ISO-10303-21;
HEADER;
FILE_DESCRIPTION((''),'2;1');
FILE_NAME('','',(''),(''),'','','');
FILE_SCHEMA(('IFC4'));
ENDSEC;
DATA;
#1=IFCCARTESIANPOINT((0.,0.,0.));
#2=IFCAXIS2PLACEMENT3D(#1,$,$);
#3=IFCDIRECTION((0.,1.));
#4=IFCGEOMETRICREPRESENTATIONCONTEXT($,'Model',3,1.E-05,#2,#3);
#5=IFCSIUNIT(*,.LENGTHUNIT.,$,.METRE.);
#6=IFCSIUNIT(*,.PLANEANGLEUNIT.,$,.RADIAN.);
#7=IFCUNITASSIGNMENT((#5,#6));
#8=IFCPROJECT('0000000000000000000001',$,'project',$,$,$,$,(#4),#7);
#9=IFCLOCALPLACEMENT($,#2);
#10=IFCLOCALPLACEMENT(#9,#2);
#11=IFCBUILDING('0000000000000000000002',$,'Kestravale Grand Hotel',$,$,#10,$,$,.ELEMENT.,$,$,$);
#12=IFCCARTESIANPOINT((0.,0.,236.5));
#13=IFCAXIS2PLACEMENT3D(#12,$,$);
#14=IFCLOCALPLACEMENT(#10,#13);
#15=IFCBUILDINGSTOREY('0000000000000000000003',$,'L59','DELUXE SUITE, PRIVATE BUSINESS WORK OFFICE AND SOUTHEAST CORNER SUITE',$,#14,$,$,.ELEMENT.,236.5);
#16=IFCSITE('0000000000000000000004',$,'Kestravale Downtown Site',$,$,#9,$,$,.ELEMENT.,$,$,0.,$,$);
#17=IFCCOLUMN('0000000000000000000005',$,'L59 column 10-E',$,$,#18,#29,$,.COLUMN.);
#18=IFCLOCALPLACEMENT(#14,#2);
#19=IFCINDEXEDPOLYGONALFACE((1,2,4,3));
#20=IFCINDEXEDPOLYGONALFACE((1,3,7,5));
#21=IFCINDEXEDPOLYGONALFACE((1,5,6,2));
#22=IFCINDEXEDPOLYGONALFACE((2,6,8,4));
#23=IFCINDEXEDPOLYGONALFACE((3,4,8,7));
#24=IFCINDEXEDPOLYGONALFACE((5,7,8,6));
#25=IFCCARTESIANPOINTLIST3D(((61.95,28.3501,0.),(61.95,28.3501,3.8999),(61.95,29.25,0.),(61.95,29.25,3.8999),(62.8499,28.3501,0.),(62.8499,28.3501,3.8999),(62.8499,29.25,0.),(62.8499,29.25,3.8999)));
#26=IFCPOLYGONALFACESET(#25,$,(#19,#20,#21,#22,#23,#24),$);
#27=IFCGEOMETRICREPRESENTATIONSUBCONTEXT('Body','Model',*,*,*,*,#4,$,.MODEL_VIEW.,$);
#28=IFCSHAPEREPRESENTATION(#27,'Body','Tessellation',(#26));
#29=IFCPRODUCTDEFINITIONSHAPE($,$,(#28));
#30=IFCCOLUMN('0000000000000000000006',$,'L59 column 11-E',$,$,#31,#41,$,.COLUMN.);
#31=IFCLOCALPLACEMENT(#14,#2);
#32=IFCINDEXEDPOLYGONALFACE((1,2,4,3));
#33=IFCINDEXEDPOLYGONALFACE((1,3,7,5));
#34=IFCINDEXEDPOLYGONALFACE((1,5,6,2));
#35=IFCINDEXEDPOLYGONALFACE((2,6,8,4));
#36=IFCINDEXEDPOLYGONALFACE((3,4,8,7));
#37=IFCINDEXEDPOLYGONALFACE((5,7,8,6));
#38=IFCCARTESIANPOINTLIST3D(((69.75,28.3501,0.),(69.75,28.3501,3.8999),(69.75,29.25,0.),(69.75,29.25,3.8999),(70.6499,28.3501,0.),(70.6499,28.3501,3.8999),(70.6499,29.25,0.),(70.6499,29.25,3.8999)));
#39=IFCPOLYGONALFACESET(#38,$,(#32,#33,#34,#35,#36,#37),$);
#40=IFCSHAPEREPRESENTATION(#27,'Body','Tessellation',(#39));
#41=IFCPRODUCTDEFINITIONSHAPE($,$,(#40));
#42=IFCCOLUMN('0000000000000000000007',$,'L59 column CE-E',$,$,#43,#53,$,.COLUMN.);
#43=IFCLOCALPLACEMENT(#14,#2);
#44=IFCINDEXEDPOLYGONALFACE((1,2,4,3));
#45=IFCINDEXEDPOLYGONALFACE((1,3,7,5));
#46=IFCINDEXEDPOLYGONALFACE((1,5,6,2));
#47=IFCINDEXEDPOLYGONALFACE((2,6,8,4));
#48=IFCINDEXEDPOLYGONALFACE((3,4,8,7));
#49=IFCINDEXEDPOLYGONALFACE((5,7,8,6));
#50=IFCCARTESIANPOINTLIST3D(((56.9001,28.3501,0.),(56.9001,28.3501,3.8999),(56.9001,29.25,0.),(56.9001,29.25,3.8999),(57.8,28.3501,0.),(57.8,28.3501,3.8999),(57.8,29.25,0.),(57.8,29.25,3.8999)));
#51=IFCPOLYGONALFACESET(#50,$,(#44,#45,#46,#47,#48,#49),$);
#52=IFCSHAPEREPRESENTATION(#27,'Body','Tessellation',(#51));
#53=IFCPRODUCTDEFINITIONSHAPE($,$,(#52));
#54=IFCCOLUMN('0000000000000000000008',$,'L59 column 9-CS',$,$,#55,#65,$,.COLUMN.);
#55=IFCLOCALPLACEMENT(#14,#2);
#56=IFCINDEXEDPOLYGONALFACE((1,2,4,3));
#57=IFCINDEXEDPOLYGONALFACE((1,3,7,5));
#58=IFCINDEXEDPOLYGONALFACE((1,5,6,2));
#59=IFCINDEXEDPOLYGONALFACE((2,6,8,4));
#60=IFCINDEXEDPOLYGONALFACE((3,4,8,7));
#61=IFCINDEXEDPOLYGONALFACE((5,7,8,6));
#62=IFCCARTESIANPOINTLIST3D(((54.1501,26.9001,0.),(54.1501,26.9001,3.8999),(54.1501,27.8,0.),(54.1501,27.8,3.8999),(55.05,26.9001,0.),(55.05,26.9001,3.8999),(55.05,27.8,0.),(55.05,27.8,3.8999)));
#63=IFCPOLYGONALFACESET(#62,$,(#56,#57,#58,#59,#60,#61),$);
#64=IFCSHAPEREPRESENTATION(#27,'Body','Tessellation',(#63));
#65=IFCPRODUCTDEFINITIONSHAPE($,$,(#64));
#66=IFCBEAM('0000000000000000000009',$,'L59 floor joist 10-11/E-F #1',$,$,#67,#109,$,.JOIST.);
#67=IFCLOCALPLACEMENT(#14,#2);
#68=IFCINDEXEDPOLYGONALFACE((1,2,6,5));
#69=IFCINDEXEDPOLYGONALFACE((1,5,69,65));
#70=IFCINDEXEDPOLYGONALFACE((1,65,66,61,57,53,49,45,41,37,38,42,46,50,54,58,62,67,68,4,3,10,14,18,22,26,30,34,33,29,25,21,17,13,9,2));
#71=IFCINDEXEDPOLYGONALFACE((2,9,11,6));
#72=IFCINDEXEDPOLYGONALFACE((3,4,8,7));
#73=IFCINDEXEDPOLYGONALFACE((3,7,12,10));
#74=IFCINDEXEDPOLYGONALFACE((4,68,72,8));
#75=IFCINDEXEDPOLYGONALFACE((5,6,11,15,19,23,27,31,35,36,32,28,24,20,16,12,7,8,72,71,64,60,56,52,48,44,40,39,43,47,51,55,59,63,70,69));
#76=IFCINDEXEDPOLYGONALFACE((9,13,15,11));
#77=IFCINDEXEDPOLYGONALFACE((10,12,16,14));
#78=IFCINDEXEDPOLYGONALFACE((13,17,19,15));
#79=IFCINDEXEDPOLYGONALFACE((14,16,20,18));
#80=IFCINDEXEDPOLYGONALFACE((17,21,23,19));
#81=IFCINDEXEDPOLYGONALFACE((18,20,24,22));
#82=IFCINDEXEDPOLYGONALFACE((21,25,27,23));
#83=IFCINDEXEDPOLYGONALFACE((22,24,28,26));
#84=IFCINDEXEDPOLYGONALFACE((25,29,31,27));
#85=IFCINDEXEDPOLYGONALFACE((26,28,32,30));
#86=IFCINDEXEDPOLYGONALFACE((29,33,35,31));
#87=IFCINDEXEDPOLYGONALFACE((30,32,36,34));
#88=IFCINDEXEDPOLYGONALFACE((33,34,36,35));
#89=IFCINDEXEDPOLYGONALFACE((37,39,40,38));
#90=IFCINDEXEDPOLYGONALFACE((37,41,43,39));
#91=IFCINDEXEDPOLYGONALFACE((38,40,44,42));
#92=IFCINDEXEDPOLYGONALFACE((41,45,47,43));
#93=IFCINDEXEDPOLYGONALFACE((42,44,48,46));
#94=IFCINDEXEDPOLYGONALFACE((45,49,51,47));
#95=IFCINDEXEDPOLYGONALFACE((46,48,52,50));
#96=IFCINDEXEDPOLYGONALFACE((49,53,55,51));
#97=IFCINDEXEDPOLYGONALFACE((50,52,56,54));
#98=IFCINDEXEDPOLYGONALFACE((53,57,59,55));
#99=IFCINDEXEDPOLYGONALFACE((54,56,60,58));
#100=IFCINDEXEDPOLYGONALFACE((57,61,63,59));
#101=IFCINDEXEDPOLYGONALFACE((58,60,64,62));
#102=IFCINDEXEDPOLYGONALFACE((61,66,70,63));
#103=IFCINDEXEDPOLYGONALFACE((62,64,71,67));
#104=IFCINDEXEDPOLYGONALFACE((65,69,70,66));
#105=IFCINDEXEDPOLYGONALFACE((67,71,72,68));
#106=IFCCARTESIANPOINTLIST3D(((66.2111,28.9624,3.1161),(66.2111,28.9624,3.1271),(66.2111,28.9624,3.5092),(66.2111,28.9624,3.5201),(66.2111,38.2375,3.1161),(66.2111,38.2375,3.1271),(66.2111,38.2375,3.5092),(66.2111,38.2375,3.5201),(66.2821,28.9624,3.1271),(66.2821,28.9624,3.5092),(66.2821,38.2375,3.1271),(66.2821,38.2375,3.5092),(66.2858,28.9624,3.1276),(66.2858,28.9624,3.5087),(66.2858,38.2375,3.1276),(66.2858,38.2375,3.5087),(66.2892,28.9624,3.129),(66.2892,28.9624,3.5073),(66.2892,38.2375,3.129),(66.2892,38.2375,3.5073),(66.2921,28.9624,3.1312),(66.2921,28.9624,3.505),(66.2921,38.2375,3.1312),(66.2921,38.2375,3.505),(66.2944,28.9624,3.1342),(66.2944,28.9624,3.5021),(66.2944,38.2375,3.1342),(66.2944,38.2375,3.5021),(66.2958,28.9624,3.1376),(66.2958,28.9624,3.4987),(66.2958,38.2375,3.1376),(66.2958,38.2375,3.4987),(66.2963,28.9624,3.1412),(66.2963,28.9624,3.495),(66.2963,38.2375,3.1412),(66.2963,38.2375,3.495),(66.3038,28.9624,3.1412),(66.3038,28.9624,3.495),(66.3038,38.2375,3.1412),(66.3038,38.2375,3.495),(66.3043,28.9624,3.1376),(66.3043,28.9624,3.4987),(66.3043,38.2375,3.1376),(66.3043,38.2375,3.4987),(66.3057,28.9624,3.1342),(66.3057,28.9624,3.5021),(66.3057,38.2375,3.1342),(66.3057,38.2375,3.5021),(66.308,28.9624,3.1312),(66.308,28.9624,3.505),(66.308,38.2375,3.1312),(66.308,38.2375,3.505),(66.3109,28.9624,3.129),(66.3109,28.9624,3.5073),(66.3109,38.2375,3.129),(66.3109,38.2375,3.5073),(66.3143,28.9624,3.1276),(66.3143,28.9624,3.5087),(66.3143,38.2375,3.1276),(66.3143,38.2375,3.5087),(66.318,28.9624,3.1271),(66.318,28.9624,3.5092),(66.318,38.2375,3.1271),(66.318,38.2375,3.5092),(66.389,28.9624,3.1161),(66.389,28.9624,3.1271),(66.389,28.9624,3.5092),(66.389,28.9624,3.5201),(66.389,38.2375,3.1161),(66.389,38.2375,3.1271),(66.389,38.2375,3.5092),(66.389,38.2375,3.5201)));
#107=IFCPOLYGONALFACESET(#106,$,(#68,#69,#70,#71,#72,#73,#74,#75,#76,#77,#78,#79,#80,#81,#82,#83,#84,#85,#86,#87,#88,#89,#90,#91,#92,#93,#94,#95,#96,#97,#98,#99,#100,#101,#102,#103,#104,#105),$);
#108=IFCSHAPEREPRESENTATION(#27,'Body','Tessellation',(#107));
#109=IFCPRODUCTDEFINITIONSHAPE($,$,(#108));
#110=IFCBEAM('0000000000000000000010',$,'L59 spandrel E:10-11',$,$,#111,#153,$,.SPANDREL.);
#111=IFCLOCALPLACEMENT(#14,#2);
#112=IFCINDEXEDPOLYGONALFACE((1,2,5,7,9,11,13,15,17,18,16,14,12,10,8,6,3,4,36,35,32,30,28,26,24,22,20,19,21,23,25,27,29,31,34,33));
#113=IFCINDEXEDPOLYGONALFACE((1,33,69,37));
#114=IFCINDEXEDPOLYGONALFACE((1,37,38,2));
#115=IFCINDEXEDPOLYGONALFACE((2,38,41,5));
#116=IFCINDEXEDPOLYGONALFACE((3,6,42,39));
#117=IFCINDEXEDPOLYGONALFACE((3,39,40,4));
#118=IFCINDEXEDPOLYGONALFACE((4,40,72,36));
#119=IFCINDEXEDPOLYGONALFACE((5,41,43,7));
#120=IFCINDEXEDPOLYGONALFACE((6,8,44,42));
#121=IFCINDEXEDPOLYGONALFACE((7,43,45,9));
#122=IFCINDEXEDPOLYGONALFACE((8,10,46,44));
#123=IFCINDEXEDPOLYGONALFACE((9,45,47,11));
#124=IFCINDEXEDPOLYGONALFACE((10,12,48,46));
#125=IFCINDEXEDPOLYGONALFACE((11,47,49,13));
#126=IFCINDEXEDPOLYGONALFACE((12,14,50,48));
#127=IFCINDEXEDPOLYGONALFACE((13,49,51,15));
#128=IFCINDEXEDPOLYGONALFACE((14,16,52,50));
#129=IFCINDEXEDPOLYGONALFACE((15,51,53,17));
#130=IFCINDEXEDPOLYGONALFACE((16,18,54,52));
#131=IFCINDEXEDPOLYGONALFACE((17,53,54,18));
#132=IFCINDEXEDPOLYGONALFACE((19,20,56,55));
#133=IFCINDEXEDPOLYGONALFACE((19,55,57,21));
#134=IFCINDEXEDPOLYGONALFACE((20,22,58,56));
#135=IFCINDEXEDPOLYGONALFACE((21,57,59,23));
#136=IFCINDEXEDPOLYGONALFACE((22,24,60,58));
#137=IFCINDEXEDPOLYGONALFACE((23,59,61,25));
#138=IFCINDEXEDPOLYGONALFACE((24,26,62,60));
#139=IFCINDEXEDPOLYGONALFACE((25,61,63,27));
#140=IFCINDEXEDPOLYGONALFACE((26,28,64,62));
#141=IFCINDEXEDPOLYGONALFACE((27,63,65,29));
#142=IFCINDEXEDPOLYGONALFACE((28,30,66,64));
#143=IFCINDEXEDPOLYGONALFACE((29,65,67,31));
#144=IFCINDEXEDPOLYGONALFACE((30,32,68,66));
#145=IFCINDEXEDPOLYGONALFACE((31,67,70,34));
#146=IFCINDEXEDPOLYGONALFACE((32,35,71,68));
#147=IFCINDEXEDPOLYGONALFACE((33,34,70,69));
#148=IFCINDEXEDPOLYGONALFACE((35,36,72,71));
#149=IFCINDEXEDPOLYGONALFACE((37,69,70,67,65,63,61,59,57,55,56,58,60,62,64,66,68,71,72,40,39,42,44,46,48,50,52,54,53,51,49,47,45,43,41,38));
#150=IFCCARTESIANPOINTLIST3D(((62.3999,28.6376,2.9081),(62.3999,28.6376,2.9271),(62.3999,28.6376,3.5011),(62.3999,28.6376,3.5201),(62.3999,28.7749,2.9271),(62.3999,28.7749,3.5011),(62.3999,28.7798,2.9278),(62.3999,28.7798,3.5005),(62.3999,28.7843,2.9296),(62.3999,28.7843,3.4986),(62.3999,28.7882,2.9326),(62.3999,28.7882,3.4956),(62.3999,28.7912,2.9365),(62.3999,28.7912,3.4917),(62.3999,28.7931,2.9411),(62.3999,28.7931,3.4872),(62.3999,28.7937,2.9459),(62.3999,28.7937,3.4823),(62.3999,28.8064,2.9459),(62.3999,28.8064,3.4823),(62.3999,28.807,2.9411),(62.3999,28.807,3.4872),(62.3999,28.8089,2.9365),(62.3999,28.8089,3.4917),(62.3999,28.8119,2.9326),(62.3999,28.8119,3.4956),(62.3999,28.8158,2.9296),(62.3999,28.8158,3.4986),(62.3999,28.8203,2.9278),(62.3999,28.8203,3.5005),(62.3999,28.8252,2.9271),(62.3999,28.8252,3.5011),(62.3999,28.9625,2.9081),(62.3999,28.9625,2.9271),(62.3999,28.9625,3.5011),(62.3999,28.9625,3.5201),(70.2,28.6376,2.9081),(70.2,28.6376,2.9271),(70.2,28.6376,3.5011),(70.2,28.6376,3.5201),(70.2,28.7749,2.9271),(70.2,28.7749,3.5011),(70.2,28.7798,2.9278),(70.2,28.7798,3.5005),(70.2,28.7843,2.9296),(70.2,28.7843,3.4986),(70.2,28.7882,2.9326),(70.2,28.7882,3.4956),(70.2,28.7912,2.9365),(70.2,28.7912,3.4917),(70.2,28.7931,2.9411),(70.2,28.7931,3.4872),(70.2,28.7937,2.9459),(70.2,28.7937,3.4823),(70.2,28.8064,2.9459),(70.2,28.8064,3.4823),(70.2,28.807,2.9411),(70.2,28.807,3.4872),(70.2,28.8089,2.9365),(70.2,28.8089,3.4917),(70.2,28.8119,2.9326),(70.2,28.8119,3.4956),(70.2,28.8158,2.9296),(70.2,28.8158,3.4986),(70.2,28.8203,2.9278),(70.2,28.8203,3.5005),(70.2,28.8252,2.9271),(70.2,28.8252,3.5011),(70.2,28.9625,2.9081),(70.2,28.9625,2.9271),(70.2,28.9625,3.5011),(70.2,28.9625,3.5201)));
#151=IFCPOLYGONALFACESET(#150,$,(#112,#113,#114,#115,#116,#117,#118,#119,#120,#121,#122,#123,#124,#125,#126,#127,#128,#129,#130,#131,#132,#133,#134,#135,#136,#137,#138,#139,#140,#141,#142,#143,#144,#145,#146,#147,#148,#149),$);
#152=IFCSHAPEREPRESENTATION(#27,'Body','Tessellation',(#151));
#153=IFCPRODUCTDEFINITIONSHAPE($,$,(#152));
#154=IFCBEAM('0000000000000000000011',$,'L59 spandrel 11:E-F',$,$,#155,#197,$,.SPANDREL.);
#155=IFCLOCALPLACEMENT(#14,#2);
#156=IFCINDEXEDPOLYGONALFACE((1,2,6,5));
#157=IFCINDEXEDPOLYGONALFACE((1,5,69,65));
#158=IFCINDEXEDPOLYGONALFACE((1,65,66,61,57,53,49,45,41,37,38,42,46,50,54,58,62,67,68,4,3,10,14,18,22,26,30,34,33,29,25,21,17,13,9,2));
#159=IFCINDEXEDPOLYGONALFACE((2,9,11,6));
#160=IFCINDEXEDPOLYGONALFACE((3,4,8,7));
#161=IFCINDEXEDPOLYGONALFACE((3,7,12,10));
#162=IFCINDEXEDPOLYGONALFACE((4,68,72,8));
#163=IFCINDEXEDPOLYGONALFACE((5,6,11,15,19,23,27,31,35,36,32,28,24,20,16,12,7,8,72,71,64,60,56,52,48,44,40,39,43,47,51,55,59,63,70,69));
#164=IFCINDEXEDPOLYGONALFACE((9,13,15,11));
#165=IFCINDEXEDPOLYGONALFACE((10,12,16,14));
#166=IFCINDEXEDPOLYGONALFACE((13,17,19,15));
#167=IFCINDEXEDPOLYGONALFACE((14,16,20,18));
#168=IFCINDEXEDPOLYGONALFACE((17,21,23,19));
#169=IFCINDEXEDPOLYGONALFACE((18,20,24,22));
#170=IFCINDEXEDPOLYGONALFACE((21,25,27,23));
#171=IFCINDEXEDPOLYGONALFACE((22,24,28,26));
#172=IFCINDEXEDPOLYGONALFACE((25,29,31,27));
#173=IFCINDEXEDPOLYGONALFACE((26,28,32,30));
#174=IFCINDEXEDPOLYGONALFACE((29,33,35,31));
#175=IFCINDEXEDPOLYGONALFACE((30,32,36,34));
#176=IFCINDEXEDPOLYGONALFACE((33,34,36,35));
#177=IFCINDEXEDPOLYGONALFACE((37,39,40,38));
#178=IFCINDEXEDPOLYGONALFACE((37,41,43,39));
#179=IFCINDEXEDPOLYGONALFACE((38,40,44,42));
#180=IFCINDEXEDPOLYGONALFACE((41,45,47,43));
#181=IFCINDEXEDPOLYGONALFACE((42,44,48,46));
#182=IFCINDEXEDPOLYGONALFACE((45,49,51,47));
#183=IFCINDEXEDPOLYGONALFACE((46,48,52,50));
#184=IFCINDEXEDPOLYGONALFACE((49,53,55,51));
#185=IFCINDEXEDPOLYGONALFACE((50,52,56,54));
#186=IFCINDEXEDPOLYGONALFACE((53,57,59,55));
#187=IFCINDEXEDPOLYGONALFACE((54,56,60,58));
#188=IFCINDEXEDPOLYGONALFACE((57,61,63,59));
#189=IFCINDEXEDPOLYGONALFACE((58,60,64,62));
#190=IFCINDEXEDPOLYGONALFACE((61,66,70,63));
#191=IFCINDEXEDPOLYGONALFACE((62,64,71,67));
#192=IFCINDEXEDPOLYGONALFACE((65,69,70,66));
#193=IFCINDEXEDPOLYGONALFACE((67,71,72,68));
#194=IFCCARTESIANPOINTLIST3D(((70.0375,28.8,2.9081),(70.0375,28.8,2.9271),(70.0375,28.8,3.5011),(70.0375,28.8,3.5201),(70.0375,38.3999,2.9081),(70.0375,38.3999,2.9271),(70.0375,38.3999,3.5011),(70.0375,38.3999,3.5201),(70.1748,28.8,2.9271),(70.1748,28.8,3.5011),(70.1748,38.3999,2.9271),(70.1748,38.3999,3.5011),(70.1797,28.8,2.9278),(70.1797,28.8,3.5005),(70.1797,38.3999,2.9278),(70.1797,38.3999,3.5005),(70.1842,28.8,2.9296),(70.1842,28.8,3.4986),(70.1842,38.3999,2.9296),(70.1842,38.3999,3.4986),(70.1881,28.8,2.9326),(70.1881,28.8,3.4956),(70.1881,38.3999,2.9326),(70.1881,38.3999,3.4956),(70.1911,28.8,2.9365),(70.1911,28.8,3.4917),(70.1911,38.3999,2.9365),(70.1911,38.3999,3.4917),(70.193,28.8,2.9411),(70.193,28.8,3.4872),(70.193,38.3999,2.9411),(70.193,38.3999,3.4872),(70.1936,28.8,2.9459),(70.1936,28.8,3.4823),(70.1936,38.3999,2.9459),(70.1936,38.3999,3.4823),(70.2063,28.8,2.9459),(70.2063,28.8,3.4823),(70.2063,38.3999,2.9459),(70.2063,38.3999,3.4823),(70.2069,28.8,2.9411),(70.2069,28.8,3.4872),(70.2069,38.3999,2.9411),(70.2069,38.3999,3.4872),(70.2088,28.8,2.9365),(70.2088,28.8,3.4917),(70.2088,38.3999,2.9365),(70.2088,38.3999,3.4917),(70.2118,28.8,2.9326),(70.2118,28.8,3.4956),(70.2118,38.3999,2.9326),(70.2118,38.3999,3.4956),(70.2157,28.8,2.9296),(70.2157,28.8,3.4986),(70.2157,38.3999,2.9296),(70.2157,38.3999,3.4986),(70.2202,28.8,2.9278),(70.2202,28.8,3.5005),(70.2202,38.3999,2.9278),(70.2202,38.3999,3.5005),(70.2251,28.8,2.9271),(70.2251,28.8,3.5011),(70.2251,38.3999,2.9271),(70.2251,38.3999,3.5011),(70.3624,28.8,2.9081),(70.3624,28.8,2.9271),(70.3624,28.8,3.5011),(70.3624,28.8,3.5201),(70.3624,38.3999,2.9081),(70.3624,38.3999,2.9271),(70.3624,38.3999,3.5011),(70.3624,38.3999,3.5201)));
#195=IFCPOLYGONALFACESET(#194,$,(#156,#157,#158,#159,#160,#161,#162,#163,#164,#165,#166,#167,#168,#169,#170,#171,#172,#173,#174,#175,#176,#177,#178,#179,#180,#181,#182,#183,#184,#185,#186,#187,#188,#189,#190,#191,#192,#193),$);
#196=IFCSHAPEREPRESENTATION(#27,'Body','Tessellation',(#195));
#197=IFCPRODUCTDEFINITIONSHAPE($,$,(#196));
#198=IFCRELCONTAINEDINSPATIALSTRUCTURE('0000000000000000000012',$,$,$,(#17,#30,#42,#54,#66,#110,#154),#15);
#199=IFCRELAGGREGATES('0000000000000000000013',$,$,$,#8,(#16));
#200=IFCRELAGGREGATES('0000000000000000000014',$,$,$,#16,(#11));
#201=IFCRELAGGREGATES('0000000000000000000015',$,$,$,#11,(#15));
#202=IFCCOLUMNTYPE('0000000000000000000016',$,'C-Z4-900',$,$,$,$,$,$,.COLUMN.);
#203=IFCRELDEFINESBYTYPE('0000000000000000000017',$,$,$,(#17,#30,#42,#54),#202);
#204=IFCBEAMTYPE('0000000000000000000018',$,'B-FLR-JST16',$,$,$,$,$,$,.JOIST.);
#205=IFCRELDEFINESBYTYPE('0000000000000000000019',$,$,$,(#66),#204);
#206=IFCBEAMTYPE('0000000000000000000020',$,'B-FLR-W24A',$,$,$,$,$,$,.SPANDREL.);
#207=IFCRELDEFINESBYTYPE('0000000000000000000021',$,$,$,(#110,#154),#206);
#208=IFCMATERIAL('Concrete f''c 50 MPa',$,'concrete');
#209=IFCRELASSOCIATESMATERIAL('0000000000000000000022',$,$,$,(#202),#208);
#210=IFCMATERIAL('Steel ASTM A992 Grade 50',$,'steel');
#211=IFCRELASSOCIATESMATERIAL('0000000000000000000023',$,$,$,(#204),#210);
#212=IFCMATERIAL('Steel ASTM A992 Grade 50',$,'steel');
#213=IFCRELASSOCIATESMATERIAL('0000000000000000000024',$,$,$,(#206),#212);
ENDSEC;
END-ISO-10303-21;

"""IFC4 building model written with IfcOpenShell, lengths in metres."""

from ifc_helpers import new_model, si_unit, direction, frame, origin, origin_2d, place, context, subcontext, project, spatial, rectangle, i_section, extrude, material, material_profile, profile_set, type_object, element, save


model = new_model("IFC4")

# Units and contexts
model_context = context("Model", 3, precision=1e-05, world=origin(), true_north=direction((0.0, 1.0)))
body_context = subcontext(model_context, "Body", "Model", "MODEL_VIEW")
ifc_project = project(units=[si_unit("LENGTHUNIT", "METRE"), si_unit("PLANEANGLEUNIT", "RADIAN")], contexts=[model_context])

# Site, building, storey
site_placement = place(None, origin())
site = spatial("IfcSite", under=ifc_project, at=site_placement, Name="Kestravale Downtown Site", CompositionType="ELEMENT", RefElevation=0.0)
building_placement = place(site_placement, origin())
building = spatial("IfcBuilding", under=site, at=building_placement, Name="Kestravale Grand Hotel", CompositionType="ELEMENT")
storey_placement = place(building_placement, frame((0.0, 0.0, 236.5)))
storey = spatial("IfcBuildingStorey", under=building, at=storey_placement, Name="L59", Description="DELUXE SUITE, PRIVATE BUSINESS WORK OFFICE AND SOUTHEAST CORNER SUITE", CompositionType="ELEMENT", Elevation=236.5)

# Columns
ifc_material_1 = material(Name="Concrete f'c 50 MPa", Category="concrete")
ifc_material_profile_1 = material_profile(ifc_material_1, rectangle(XDim=0.8999, YDim=0.8999, at=origin_2d()))
ifc_profile_set_1 = profile_set([ifc_material_profile_1], Name="Concrete f'c 50 MPa")
column_type = type_object("IfcColumnType", Name="C-Z4-900", PredefinedType="COLUMN", material=ifc_profile_set_1)
for number, where, z_axis, x_axis, name in (
    (1, (62.3999, 28.8, 0.0), (0.0, 0.0, 1.0), (1.0, 0.0, 0.0), "L59 column 10-E"),
    (2, (70.2, 28.8, 0.0), (0.0, 0.0, 1.0), (1.0, 0.0, 0.0), "L59 column 11-E"),
    (3, (57.3501, 28.8, 0.0), (0.0, 0.0, 1.0), (1.0, 0.0, 0.0), "L59 column CE-E"),
    (4, (54.6001, 27.3501, 0.0), (0.0, 0.0, 1.0), (1.0, 0.0, 0.0), "L59 column 9-CS"),
):
    element("IfcColumn", number, at=place(storey_placement, frame(where, z_axis=z_axis, x_axis=x_axis)), inside=storey, type_object=column_type, Name=name, PredefinedType="COLUMN", context=body_context, shape_type="SweptSolid", body=[
        extrude(rectangle(XDim=0.8999, YDim=0.8999, at=origin_2d()), origin(), (0.0, 0.0, 1.0), 3.8999),
    ])

# Beams
ifc_material_2 = material(Name="Steel ASTM A992 Grade 50", Category="steel")
ifc_material_profile_2 = material_profile(ifc_material_2, i_section(OverallWidth=0.178, OverallDepth=0.4041, WebThickness=0.0076, FlangeThickness=0.011, FilletRadius=0.0142, at=origin_2d()))
ifc_profile_set_2 = profile_set([ifc_material_profile_2], Name="Steel ASTM A992 Grade 50")
beam_type_1 = type_object("IfcBeamType", Name="B-FLR-JST16", PredefinedType="JOIST", material=ifc_profile_set_2)
beam_1_placement = place(storey_placement, frame((66.3, 28.9624, 3.3181), z_axis=(0.0, 1.0, 0.0), x_axis=(-1.0, 0.0, 0.0)))
element("IfcBeam", 5, at=beam_1_placement, inside=storey, type_object=beam_type_1, Name="L59 floor joist 10-11/E-F #1", PredefinedType="JOIST", context=body_context, shape_type="SweptSolid", body=[
    extrude(i_section(OverallWidth=0.178, OverallDepth=0.4041, WebThickness=0.0076, FlangeThickness=0.011, FilletRadius=0.0142, at=origin_2d()), origin(), (0.0, 0.0, 1.0), 9.2751),
])
ifc_material_3 = material(Name="Steel ASTM A992 Grade 50", Category="steel")
ifc_material_profile_3 = material_profile(ifc_material_3, i_section(OverallWidth=0.325, OverallDepth=0.6121, WebThickness=0.0127, FlangeThickness=0.019, FilletRadius=0.0188, at=origin_2d()))
ifc_profile_set_3 = profile_set([ifc_material_profile_3], Name="Steel ASTM A992 Grade 50")
beam_type_2 = type_object("IfcBeamType", Name="B-FLR-W24A", PredefinedType="SPANDREL", material=ifc_profile_set_3)
beam_2_placement = place(storey_placement, frame((62.3999, 28.8, 3.2141), z_axis=(1.0, 0.0, 0.0), x_axis=(0.0, 1.0, 0.0)))
element("IfcBeam", 6, at=beam_2_placement, inside=storey, type_object=beam_type_2, Name="L59 spandrel E:10-11", PredefinedType="SPANDREL", context=body_context, shape_type="SweptSolid", body=[
    extrude(i_section(OverallWidth=0.325, OverallDepth=0.6121, WebThickness=0.0127, FlangeThickness=0.019, FilletRadius=0.0188, at=origin_2d()), origin(), (0.0, 0.0, 1.0), 7.8),
])
beam_3_placement = place(storey_placement, frame((70.2, 28.8, 3.2141), z_axis=(0.0, 1.0, 0.0), x_axis=(-1.0, 0.0, 0.0)))
element("IfcBeam", 7, at=beam_3_placement, inside=storey, type_object=beam_type_2, Name="L59 spandrel 11:E-F", PredefinedType="SPANDREL", context=body_context, shape_type="SweptSolid", body=[
    extrude(i_section(OverallWidth=0.325, OverallDepth=0.6121, WebThickness=0.0127, FlangeThickness=0.019, FilletRadius=0.0188, at=origin_2d()), origin(), (0.0, 0.0, 1.0), 9.5999),
])

save(model, "model.ifc")
